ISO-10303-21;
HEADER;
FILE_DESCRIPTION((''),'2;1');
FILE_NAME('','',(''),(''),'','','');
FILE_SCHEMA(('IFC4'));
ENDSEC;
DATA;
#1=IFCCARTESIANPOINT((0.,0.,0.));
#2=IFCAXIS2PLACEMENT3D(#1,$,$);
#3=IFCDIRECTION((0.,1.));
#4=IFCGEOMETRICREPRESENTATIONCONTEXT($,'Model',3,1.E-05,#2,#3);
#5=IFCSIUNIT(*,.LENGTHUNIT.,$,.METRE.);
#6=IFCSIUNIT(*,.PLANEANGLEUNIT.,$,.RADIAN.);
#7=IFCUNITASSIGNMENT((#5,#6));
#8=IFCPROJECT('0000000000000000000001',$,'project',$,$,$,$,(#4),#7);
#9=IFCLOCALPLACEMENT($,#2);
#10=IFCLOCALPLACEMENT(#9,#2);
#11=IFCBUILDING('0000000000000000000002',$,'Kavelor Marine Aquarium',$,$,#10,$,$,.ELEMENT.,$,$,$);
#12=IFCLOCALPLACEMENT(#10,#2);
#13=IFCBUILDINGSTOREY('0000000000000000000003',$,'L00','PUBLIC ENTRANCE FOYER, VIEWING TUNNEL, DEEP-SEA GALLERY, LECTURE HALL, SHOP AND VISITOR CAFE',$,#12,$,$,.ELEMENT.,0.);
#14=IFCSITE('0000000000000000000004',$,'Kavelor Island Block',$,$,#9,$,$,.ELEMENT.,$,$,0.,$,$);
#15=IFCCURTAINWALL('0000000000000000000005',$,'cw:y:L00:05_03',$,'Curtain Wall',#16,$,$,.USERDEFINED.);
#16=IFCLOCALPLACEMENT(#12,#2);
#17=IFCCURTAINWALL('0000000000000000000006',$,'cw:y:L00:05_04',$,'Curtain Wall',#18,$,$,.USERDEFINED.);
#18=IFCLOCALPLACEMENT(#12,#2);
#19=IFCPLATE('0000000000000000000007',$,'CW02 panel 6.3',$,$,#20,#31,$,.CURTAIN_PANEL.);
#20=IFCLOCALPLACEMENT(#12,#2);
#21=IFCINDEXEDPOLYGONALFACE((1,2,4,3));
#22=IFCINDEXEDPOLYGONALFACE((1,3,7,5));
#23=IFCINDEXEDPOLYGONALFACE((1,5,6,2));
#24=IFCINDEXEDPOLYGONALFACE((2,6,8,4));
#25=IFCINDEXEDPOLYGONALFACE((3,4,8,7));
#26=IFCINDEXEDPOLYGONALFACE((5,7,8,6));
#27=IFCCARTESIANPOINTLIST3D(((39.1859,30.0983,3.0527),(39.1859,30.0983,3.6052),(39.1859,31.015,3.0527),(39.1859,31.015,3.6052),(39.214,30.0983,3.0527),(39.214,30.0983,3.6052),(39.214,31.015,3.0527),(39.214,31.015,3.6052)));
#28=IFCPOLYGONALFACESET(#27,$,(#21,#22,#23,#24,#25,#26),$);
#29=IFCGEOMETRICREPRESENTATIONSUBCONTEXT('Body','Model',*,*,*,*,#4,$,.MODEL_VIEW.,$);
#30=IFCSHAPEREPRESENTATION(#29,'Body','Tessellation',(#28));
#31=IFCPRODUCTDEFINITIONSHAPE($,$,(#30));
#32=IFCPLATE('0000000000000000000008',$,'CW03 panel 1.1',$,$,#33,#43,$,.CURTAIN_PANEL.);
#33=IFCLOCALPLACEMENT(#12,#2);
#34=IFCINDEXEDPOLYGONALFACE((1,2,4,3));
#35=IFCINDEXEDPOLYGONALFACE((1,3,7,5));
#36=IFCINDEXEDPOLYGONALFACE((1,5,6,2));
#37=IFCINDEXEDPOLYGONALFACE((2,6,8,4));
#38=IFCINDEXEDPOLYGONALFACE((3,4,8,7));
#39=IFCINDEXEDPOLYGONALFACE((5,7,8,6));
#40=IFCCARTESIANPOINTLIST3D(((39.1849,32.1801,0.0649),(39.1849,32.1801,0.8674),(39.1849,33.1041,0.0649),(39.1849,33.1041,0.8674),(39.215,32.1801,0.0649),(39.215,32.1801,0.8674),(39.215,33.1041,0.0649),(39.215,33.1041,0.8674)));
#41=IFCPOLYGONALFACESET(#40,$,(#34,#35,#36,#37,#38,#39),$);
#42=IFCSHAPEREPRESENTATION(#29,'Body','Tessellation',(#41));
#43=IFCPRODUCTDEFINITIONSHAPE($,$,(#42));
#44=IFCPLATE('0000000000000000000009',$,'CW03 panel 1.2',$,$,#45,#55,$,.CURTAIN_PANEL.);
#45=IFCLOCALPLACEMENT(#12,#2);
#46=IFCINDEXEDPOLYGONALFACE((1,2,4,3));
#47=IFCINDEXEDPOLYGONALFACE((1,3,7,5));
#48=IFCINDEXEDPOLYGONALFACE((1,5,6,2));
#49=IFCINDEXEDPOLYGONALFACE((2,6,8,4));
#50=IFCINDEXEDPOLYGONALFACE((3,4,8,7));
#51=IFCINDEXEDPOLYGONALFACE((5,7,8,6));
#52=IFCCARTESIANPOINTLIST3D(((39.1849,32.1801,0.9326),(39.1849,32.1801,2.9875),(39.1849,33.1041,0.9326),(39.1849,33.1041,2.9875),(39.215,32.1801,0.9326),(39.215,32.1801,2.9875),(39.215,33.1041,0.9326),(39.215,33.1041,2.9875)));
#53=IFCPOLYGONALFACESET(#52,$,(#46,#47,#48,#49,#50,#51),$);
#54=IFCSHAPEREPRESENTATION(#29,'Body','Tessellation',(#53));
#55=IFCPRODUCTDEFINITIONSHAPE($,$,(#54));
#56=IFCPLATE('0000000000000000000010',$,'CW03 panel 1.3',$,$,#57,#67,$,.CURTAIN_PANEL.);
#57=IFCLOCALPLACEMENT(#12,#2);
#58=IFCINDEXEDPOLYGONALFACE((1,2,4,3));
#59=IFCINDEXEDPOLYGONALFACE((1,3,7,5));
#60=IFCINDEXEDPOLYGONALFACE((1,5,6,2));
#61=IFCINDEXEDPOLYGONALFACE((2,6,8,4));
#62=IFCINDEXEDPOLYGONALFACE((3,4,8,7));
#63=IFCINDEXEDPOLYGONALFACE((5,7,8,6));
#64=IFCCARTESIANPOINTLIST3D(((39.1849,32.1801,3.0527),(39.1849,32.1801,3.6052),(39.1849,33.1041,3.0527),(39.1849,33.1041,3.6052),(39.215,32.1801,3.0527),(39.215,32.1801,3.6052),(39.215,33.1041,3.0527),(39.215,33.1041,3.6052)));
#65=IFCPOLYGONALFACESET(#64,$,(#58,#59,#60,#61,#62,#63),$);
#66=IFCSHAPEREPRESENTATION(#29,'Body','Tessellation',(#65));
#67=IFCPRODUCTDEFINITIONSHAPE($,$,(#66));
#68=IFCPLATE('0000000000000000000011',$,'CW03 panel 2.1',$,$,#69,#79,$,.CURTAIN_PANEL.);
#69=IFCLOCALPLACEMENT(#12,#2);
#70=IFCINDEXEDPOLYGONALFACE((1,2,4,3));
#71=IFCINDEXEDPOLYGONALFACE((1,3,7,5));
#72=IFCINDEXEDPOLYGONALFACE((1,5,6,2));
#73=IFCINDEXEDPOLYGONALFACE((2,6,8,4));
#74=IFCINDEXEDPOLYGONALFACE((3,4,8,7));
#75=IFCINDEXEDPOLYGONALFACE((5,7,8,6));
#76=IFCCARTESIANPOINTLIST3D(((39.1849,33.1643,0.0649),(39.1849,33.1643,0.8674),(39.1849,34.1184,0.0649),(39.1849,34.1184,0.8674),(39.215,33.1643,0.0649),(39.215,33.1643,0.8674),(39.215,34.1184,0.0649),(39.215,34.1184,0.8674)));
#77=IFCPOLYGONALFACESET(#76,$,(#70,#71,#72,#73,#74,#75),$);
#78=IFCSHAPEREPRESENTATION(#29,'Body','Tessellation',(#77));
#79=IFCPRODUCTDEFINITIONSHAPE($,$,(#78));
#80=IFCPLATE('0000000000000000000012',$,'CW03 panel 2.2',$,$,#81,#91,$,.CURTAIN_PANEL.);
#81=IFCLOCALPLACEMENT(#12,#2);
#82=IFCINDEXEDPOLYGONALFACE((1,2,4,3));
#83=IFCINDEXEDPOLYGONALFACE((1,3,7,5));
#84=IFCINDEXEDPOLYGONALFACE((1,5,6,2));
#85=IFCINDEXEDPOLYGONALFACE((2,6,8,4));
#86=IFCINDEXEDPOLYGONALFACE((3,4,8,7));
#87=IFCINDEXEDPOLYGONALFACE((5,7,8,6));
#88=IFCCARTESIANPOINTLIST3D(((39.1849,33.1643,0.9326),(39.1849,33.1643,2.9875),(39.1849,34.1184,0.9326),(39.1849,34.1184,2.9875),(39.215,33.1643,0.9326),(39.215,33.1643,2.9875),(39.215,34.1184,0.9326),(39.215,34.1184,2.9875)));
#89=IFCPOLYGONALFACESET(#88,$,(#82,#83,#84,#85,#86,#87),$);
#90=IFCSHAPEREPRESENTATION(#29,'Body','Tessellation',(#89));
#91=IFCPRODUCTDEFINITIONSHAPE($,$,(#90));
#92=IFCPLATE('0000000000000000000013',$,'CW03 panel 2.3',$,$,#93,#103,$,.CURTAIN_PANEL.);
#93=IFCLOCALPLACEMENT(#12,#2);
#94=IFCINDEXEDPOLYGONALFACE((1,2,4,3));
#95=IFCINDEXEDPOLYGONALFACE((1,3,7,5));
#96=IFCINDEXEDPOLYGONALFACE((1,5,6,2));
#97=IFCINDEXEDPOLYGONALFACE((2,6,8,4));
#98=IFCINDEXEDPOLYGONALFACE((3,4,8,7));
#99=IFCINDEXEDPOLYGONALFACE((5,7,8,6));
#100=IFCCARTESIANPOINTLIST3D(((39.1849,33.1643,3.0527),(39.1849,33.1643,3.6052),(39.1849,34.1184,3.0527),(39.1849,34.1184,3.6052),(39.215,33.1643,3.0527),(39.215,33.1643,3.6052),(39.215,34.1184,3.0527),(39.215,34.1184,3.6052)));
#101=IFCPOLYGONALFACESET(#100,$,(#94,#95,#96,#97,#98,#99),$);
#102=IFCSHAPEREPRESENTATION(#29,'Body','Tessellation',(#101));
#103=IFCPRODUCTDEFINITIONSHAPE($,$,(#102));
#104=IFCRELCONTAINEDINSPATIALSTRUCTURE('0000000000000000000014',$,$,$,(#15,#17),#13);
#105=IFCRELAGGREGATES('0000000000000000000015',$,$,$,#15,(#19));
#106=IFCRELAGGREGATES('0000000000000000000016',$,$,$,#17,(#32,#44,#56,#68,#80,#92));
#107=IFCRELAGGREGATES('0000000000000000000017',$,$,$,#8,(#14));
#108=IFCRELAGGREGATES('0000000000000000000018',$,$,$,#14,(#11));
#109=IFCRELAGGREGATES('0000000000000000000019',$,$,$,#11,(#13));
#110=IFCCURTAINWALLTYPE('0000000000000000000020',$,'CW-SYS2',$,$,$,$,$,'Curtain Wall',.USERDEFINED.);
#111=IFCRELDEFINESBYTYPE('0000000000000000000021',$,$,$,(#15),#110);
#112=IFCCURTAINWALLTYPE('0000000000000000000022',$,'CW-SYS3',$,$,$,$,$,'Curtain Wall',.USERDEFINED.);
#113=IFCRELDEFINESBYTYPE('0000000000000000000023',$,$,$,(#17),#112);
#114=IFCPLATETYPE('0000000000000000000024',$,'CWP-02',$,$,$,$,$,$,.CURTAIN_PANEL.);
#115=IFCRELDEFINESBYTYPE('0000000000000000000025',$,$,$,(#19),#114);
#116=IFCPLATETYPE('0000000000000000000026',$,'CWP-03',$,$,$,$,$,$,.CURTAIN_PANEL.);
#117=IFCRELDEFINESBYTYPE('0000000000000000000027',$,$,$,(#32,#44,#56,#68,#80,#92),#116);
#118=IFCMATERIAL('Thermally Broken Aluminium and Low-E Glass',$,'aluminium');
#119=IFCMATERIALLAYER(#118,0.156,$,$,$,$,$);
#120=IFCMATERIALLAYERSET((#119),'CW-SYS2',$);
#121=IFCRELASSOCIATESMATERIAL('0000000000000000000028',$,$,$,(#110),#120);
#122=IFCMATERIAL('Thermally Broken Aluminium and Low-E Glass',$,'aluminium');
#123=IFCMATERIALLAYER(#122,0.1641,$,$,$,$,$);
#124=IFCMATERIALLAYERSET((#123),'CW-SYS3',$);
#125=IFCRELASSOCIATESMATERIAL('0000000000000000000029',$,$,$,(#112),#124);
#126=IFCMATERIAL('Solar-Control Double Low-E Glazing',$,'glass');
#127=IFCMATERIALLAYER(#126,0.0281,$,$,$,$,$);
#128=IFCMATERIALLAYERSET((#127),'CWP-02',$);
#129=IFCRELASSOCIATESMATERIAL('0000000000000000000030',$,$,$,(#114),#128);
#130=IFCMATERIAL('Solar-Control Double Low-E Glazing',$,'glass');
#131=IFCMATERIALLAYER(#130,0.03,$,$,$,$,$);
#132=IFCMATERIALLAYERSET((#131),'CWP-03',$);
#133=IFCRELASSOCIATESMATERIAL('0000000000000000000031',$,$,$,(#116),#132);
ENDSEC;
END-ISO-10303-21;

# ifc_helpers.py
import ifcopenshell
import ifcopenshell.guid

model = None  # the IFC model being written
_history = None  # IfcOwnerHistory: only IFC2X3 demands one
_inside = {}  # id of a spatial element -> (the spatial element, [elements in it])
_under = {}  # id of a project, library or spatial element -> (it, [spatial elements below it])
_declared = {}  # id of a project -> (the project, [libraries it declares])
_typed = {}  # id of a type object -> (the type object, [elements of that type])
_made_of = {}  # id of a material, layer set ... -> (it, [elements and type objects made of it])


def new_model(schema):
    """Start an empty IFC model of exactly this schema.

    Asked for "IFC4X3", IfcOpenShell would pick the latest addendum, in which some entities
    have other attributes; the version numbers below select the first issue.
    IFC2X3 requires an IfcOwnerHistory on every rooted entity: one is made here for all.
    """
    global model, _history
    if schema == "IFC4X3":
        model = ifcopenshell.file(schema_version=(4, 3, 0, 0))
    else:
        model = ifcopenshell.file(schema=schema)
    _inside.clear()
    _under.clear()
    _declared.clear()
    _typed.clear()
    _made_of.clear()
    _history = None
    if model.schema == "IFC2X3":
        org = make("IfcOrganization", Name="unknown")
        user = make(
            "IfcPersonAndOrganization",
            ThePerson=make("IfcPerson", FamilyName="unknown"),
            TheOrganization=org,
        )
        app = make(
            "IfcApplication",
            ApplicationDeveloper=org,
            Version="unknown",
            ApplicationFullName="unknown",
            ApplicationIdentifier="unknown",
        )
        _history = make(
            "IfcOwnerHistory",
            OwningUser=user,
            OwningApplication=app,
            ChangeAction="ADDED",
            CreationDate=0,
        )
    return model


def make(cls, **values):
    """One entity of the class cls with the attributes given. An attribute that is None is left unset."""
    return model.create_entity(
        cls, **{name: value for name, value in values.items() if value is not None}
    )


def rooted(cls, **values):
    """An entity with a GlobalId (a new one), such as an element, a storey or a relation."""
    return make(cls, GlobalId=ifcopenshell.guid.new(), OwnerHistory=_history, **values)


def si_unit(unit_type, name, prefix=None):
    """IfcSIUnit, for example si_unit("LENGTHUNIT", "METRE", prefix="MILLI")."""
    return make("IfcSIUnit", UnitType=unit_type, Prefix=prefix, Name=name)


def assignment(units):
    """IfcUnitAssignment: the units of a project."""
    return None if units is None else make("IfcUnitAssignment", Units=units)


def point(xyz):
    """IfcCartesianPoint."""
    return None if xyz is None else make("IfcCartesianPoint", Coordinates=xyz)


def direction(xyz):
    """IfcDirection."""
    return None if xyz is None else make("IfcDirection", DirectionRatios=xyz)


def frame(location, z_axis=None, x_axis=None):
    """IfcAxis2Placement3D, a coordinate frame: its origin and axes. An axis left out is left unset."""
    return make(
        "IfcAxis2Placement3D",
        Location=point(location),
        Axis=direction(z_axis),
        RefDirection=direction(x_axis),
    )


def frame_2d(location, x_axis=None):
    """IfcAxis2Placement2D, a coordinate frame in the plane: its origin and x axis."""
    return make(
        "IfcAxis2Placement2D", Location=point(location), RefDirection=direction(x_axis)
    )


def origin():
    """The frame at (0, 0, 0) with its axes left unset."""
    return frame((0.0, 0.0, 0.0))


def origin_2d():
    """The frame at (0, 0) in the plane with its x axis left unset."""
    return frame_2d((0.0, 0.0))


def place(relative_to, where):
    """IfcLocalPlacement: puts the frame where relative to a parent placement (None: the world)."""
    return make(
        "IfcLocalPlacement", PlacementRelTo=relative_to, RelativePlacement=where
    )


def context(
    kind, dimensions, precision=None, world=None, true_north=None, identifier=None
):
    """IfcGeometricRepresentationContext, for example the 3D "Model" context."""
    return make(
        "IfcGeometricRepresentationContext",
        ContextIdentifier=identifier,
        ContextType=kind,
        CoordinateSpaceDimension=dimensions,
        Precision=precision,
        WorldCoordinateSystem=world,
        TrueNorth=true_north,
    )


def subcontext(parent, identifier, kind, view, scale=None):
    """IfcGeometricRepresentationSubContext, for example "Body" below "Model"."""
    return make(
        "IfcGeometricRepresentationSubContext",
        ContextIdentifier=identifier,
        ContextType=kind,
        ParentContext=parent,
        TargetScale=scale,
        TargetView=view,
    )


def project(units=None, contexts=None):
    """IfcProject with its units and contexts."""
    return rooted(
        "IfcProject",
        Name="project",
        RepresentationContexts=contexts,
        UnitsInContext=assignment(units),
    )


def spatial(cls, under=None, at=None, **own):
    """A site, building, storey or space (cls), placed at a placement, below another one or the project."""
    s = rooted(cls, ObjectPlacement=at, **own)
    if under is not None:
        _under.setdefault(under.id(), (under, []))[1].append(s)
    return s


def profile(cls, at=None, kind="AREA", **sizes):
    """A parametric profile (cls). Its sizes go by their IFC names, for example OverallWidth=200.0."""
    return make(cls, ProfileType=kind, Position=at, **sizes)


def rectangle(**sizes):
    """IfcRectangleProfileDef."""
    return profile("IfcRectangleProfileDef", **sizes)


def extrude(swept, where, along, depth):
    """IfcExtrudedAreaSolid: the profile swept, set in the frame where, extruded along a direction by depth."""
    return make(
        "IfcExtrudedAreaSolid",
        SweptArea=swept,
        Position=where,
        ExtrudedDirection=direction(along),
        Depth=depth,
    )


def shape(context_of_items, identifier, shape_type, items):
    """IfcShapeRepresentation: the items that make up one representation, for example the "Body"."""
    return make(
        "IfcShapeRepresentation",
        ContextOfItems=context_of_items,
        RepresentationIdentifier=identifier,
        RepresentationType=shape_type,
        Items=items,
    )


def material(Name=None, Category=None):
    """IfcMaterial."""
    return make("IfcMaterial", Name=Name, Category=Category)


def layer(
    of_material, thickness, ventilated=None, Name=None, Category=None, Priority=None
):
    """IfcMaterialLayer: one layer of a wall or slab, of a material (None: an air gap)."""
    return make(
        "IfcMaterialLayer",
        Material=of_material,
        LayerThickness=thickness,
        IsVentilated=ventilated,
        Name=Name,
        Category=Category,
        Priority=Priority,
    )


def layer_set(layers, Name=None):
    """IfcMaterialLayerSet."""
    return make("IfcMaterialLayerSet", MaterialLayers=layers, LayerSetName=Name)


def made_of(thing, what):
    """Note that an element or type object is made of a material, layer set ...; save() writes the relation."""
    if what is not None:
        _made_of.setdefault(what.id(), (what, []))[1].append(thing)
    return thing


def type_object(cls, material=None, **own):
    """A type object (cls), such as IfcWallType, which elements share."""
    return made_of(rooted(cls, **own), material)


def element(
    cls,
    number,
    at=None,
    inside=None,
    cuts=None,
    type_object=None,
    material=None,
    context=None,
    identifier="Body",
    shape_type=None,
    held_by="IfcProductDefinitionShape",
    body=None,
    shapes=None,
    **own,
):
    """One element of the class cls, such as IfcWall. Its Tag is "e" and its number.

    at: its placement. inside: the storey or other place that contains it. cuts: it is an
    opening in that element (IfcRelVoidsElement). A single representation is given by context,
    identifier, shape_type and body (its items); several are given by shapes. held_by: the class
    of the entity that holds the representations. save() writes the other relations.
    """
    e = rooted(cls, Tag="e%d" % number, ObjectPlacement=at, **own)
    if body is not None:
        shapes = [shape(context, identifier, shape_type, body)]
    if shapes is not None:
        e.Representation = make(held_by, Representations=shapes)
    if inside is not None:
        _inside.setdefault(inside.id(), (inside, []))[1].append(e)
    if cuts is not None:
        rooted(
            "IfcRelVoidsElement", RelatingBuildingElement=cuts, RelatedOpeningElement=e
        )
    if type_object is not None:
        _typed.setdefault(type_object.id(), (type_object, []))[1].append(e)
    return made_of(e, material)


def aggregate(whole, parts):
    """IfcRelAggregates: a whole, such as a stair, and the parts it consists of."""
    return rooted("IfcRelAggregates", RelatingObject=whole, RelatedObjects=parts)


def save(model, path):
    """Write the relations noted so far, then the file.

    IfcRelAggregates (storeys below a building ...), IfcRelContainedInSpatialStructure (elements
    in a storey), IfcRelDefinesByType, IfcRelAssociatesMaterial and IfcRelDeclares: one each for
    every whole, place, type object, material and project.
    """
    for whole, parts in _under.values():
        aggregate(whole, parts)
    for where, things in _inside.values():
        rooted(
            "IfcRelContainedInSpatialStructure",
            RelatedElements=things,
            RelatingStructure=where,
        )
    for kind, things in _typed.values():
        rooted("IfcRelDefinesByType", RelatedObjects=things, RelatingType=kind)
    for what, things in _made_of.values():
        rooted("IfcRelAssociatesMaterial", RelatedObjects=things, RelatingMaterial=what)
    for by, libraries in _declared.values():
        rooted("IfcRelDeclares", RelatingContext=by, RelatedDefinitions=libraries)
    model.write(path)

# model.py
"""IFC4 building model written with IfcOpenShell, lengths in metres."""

from ifc_helpers import new_model, si_unit, direction, frame, origin, origin_2d, place, context, subcontext, project, spatial, rectangle, extrude, material, layer, layer_set, type_object, element, aggregate, save


model = new_model("IFC4")

# Units and contexts
model_context = context("Model", 3, precision=1e-05, world=origin(), true_north=direction((0.0, 1.0)))
body_context = subcontext(model_context, "Body", "Model", "MODEL_VIEW")
ifc_project = project(units=[si_unit("LENGTHUNIT", "METRE"), si_unit("PLANEANGLEUNIT", "RADIAN")], contexts=[model_context])

# Site, building, storey
site_placement = place(None, origin())
site = spatial("IfcSite", under=ifc_project, at=site_placement, Name="Kavelor Island Block", CompositionType="ELEMENT", RefElevation=0.0)
building_placement = place(site_placement, origin())
building = spatial("IfcBuilding", under=site, at=building_placement, Name="Kavelor Marine Aquarium", CompositionType="ELEMENT")
storey_placement = place(building_placement, origin())
storey = spatial("IfcBuildingStorey", under=building, at=storey_placement, Name="L00", Description="PUBLIC ENTRANCE FOYER, VIEWING TUNNEL, DEEP-SEA GALLERY, LECTURE HALL, SHOP AND VISITOR CAFE", CompositionType="ELEMENT", Elevation=0.0)

# Curtain wall
ifc_material_1 = material(Name="Thermally Broken Aluminium and Low-E Glass", Category="aluminium")
ifc_layer_1 = layer(ifc_material_1, 0.156)
ifc_layer_set_1 = layer_set([ifc_layer_1], Name="CW-SYS2")
curtain_wall_type_1 = type_object("IfcCurtainWallType", Name="CW-SYS2", ElementType="Curtain Wall", PredefinedType="USERDEFINED", material=ifc_layer_set_1)
curtain_wall_1_placement = place(storey_placement, origin())
curtain_wall_1 = element("IfcCurtainWall", 1, at=curtain_wall_1_placement, inside=storey, type_object=curtain_wall_type_1, Name="cw:y:L00:05_03", ObjectType="Curtain Wall", PredefinedType="USERDEFINED")

# Curtain wall
ifc_material_2 = material(Name="Thermally Broken Aluminium and Low-E Glass", Category="aluminium")
ifc_layer_2 = layer(ifc_material_2, 0.1641)
ifc_layer_set_2 = layer_set([ifc_layer_2], Name="CW-SYS3")
curtain_wall_type_2 = type_object("IfcCurtainWallType", Name="CW-SYS3", ElementType="Curtain Wall", PredefinedType="USERDEFINED", material=ifc_layer_set_2)
curtain_wall_2_placement = place(storey_placement, origin())
curtain_wall_2 = element("IfcCurtainWall", 2, at=curtain_wall_2_placement, inside=storey, type_object=curtain_wall_type_2, Name="cw:y:L00:05_04", ObjectType="Curtain Wall", PredefinedType="USERDEFINED")

# Plates
ifc_material_3 = material(Name="Solar-Control Double Low-E Glazing", Category="glass")
ifc_layer_3 = layer(ifc_material_3, 0.0281)
ifc_layer_set_3 = layer_set([ifc_layer_3], Name="CWP-02")
plate_type_1 = type_object("IfcPlateType", Name="CWP-02", PredefinedType="CURTAIN_PANEL", material=ifc_layer_set_3)
plate_1_placement = place(storey_placement, frame((39.2, 30.5566, 3.0527), z_axis=(0.0, 0.0, 1.0), x_axis=(0.0, 1.0, 0.0)))
plate_1 = element("IfcPlate", 3, at=plate_1_placement, type_object=plate_type_1, Name="CW02 panel 6.3", PredefinedType="CURTAIN_PANEL", context=body_context, shape_type="SweptSolid", body=[
    extrude(rectangle(XDim=0.9167, YDim=0.0281, at=origin_2d()), origin(), (0.0, 0.0, 1.0), 0.5525),
])
aggregate(curtain_wall_1, [plate_1])
ifc_material_4 = material(Name="Solar-Control Double Low-E Glazing", Category="glass")
ifc_layer_4 = layer(ifc_material_4, 0.03)
ifc_layer_set_4 = layer_set([ifc_layer_4], Name="CWP-03")
plate_type_2 = type_object("IfcPlateType", Name="CWP-03", PredefinedType="CURTAIN_PANEL", material=ifc_layer_set_4)
plate_2_placement = place(storey_placement, frame((39.2, 32.6421, 0.0649), z_axis=(0.0, 0.0, 1.0), x_axis=(0.0, 1.0, 0.0)))
plate_2 = element("IfcPlate", 4, at=plate_2_placement, type_object=plate_type_2, Name="CW03 panel 1.1", PredefinedType="CURTAIN_PANEL", context=body_context, shape_type="SweptSolid", body=[
    extrude(rectangle(XDim=0.9241, YDim=0.03, at=origin_2d()), origin(), (0.0, 0.0, 1.0), 0.8025),
])
plate_3_placement = place(storey_placement, frame((39.2, 32.6421, 0.9326), z_axis=(0.0, 0.0, 1.0), x_axis=(0.0, 1.0, 0.0)))
plate_3 = element("IfcPlate", 5, at=plate_3_placement, type_object=plate_type_2, Name="CW03 panel 1.2", PredefinedType="CURTAIN_PANEL", context=body_context, shape_type="SweptSolid", body=[
    extrude(rectangle(XDim=0.9241, YDim=0.03, at=origin_2d()), origin(), (0.0, 0.0, 1.0), 2.0549),
])
plate_4_placement = place(storey_placement, frame((39.2, 32.6421, 3.0527), z_axis=(0.0, 0.0, 1.0), x_axis=(0.0, 1.0, 0.0)))
plate_4 = element("IfcPlate", 6, at=plate_4_placement, type_object=plate_type_2, Name="CW03 panel 1.3", PredefinedType="CURTAIN_PANEL", context=body_context, shape_type="SweptSolid", body=[
    extrude(rectangle(XDim=0.9241, YDim=0.03, at=origin_2d()), origin(), (0.0, 0.0, 1.0), 0.5525),
])
plate_5_placement = place(storey_placement, frame((39.2, 33.6414, 0.0649), z_axis=(0.0, 0.0, 1.0), x_axis=(0.0, 1.0, 0.0)))
plate_5 = element("IfcPlate", 7, at=plate_5_placement, type_object=plate_type_2, Name="CW03 panel 2.1", PredefinedType="CURTAIN_PANEL", context=body_context, shape_type="SweptSolid", body=[
    extrude(rectangle(XDim=0.9541, YDim=0.03, at=origin_2d()), origin(), (0.0, 0.0, 1.0), 0.8025),
])
plate_6_placement = place(storey_placement, frame((39.2, 33.6414, 0.9326), z_axis=(0.0, 0.0, 1.0), x_axis=(0.0, 1.0, 0.0)))
plate_6 = element("IfcPlate", 8, at=plate_6_placement, type_object=plate_type_2, Name="CW03 panel 2.2", PredefinedType="CURTAIN_PANEL", context=body_context, shape_type="SweptSolid", body=[
    extrude(rectangle(XDim=0.9541, YDim=0.03, at=origin_2d()), origin(), (0.0, 0.0, 1.0), 2.0549),
])
plate_7_placement = place(storey_placement, frame((39.2, 33.6414, 3.0527), z_axis=(0.0, 0.0, 1.0), x_axis=(0.0, 1.0, 0.0)))
plate_7 = element("IfcPlate", 9, at=plate_7_placement, type_object=plate_type_2, Name="CW03 panel 2.3", PredefinedType="CURTAIN_PANEL", context=body_context, shape_type="SweptSolid", body=[
    extrude(rectangle(XDim=0.9541, YDim=0.03, at=origin_2d()), origin(), (0.0, 0.0, 1.0), 0.5525),
])
aggregate(curtain_wall_2, [plate_2, plate_3, plate_4, plate_5, plate_6, plate_7])

save(model, "model.ifc")
